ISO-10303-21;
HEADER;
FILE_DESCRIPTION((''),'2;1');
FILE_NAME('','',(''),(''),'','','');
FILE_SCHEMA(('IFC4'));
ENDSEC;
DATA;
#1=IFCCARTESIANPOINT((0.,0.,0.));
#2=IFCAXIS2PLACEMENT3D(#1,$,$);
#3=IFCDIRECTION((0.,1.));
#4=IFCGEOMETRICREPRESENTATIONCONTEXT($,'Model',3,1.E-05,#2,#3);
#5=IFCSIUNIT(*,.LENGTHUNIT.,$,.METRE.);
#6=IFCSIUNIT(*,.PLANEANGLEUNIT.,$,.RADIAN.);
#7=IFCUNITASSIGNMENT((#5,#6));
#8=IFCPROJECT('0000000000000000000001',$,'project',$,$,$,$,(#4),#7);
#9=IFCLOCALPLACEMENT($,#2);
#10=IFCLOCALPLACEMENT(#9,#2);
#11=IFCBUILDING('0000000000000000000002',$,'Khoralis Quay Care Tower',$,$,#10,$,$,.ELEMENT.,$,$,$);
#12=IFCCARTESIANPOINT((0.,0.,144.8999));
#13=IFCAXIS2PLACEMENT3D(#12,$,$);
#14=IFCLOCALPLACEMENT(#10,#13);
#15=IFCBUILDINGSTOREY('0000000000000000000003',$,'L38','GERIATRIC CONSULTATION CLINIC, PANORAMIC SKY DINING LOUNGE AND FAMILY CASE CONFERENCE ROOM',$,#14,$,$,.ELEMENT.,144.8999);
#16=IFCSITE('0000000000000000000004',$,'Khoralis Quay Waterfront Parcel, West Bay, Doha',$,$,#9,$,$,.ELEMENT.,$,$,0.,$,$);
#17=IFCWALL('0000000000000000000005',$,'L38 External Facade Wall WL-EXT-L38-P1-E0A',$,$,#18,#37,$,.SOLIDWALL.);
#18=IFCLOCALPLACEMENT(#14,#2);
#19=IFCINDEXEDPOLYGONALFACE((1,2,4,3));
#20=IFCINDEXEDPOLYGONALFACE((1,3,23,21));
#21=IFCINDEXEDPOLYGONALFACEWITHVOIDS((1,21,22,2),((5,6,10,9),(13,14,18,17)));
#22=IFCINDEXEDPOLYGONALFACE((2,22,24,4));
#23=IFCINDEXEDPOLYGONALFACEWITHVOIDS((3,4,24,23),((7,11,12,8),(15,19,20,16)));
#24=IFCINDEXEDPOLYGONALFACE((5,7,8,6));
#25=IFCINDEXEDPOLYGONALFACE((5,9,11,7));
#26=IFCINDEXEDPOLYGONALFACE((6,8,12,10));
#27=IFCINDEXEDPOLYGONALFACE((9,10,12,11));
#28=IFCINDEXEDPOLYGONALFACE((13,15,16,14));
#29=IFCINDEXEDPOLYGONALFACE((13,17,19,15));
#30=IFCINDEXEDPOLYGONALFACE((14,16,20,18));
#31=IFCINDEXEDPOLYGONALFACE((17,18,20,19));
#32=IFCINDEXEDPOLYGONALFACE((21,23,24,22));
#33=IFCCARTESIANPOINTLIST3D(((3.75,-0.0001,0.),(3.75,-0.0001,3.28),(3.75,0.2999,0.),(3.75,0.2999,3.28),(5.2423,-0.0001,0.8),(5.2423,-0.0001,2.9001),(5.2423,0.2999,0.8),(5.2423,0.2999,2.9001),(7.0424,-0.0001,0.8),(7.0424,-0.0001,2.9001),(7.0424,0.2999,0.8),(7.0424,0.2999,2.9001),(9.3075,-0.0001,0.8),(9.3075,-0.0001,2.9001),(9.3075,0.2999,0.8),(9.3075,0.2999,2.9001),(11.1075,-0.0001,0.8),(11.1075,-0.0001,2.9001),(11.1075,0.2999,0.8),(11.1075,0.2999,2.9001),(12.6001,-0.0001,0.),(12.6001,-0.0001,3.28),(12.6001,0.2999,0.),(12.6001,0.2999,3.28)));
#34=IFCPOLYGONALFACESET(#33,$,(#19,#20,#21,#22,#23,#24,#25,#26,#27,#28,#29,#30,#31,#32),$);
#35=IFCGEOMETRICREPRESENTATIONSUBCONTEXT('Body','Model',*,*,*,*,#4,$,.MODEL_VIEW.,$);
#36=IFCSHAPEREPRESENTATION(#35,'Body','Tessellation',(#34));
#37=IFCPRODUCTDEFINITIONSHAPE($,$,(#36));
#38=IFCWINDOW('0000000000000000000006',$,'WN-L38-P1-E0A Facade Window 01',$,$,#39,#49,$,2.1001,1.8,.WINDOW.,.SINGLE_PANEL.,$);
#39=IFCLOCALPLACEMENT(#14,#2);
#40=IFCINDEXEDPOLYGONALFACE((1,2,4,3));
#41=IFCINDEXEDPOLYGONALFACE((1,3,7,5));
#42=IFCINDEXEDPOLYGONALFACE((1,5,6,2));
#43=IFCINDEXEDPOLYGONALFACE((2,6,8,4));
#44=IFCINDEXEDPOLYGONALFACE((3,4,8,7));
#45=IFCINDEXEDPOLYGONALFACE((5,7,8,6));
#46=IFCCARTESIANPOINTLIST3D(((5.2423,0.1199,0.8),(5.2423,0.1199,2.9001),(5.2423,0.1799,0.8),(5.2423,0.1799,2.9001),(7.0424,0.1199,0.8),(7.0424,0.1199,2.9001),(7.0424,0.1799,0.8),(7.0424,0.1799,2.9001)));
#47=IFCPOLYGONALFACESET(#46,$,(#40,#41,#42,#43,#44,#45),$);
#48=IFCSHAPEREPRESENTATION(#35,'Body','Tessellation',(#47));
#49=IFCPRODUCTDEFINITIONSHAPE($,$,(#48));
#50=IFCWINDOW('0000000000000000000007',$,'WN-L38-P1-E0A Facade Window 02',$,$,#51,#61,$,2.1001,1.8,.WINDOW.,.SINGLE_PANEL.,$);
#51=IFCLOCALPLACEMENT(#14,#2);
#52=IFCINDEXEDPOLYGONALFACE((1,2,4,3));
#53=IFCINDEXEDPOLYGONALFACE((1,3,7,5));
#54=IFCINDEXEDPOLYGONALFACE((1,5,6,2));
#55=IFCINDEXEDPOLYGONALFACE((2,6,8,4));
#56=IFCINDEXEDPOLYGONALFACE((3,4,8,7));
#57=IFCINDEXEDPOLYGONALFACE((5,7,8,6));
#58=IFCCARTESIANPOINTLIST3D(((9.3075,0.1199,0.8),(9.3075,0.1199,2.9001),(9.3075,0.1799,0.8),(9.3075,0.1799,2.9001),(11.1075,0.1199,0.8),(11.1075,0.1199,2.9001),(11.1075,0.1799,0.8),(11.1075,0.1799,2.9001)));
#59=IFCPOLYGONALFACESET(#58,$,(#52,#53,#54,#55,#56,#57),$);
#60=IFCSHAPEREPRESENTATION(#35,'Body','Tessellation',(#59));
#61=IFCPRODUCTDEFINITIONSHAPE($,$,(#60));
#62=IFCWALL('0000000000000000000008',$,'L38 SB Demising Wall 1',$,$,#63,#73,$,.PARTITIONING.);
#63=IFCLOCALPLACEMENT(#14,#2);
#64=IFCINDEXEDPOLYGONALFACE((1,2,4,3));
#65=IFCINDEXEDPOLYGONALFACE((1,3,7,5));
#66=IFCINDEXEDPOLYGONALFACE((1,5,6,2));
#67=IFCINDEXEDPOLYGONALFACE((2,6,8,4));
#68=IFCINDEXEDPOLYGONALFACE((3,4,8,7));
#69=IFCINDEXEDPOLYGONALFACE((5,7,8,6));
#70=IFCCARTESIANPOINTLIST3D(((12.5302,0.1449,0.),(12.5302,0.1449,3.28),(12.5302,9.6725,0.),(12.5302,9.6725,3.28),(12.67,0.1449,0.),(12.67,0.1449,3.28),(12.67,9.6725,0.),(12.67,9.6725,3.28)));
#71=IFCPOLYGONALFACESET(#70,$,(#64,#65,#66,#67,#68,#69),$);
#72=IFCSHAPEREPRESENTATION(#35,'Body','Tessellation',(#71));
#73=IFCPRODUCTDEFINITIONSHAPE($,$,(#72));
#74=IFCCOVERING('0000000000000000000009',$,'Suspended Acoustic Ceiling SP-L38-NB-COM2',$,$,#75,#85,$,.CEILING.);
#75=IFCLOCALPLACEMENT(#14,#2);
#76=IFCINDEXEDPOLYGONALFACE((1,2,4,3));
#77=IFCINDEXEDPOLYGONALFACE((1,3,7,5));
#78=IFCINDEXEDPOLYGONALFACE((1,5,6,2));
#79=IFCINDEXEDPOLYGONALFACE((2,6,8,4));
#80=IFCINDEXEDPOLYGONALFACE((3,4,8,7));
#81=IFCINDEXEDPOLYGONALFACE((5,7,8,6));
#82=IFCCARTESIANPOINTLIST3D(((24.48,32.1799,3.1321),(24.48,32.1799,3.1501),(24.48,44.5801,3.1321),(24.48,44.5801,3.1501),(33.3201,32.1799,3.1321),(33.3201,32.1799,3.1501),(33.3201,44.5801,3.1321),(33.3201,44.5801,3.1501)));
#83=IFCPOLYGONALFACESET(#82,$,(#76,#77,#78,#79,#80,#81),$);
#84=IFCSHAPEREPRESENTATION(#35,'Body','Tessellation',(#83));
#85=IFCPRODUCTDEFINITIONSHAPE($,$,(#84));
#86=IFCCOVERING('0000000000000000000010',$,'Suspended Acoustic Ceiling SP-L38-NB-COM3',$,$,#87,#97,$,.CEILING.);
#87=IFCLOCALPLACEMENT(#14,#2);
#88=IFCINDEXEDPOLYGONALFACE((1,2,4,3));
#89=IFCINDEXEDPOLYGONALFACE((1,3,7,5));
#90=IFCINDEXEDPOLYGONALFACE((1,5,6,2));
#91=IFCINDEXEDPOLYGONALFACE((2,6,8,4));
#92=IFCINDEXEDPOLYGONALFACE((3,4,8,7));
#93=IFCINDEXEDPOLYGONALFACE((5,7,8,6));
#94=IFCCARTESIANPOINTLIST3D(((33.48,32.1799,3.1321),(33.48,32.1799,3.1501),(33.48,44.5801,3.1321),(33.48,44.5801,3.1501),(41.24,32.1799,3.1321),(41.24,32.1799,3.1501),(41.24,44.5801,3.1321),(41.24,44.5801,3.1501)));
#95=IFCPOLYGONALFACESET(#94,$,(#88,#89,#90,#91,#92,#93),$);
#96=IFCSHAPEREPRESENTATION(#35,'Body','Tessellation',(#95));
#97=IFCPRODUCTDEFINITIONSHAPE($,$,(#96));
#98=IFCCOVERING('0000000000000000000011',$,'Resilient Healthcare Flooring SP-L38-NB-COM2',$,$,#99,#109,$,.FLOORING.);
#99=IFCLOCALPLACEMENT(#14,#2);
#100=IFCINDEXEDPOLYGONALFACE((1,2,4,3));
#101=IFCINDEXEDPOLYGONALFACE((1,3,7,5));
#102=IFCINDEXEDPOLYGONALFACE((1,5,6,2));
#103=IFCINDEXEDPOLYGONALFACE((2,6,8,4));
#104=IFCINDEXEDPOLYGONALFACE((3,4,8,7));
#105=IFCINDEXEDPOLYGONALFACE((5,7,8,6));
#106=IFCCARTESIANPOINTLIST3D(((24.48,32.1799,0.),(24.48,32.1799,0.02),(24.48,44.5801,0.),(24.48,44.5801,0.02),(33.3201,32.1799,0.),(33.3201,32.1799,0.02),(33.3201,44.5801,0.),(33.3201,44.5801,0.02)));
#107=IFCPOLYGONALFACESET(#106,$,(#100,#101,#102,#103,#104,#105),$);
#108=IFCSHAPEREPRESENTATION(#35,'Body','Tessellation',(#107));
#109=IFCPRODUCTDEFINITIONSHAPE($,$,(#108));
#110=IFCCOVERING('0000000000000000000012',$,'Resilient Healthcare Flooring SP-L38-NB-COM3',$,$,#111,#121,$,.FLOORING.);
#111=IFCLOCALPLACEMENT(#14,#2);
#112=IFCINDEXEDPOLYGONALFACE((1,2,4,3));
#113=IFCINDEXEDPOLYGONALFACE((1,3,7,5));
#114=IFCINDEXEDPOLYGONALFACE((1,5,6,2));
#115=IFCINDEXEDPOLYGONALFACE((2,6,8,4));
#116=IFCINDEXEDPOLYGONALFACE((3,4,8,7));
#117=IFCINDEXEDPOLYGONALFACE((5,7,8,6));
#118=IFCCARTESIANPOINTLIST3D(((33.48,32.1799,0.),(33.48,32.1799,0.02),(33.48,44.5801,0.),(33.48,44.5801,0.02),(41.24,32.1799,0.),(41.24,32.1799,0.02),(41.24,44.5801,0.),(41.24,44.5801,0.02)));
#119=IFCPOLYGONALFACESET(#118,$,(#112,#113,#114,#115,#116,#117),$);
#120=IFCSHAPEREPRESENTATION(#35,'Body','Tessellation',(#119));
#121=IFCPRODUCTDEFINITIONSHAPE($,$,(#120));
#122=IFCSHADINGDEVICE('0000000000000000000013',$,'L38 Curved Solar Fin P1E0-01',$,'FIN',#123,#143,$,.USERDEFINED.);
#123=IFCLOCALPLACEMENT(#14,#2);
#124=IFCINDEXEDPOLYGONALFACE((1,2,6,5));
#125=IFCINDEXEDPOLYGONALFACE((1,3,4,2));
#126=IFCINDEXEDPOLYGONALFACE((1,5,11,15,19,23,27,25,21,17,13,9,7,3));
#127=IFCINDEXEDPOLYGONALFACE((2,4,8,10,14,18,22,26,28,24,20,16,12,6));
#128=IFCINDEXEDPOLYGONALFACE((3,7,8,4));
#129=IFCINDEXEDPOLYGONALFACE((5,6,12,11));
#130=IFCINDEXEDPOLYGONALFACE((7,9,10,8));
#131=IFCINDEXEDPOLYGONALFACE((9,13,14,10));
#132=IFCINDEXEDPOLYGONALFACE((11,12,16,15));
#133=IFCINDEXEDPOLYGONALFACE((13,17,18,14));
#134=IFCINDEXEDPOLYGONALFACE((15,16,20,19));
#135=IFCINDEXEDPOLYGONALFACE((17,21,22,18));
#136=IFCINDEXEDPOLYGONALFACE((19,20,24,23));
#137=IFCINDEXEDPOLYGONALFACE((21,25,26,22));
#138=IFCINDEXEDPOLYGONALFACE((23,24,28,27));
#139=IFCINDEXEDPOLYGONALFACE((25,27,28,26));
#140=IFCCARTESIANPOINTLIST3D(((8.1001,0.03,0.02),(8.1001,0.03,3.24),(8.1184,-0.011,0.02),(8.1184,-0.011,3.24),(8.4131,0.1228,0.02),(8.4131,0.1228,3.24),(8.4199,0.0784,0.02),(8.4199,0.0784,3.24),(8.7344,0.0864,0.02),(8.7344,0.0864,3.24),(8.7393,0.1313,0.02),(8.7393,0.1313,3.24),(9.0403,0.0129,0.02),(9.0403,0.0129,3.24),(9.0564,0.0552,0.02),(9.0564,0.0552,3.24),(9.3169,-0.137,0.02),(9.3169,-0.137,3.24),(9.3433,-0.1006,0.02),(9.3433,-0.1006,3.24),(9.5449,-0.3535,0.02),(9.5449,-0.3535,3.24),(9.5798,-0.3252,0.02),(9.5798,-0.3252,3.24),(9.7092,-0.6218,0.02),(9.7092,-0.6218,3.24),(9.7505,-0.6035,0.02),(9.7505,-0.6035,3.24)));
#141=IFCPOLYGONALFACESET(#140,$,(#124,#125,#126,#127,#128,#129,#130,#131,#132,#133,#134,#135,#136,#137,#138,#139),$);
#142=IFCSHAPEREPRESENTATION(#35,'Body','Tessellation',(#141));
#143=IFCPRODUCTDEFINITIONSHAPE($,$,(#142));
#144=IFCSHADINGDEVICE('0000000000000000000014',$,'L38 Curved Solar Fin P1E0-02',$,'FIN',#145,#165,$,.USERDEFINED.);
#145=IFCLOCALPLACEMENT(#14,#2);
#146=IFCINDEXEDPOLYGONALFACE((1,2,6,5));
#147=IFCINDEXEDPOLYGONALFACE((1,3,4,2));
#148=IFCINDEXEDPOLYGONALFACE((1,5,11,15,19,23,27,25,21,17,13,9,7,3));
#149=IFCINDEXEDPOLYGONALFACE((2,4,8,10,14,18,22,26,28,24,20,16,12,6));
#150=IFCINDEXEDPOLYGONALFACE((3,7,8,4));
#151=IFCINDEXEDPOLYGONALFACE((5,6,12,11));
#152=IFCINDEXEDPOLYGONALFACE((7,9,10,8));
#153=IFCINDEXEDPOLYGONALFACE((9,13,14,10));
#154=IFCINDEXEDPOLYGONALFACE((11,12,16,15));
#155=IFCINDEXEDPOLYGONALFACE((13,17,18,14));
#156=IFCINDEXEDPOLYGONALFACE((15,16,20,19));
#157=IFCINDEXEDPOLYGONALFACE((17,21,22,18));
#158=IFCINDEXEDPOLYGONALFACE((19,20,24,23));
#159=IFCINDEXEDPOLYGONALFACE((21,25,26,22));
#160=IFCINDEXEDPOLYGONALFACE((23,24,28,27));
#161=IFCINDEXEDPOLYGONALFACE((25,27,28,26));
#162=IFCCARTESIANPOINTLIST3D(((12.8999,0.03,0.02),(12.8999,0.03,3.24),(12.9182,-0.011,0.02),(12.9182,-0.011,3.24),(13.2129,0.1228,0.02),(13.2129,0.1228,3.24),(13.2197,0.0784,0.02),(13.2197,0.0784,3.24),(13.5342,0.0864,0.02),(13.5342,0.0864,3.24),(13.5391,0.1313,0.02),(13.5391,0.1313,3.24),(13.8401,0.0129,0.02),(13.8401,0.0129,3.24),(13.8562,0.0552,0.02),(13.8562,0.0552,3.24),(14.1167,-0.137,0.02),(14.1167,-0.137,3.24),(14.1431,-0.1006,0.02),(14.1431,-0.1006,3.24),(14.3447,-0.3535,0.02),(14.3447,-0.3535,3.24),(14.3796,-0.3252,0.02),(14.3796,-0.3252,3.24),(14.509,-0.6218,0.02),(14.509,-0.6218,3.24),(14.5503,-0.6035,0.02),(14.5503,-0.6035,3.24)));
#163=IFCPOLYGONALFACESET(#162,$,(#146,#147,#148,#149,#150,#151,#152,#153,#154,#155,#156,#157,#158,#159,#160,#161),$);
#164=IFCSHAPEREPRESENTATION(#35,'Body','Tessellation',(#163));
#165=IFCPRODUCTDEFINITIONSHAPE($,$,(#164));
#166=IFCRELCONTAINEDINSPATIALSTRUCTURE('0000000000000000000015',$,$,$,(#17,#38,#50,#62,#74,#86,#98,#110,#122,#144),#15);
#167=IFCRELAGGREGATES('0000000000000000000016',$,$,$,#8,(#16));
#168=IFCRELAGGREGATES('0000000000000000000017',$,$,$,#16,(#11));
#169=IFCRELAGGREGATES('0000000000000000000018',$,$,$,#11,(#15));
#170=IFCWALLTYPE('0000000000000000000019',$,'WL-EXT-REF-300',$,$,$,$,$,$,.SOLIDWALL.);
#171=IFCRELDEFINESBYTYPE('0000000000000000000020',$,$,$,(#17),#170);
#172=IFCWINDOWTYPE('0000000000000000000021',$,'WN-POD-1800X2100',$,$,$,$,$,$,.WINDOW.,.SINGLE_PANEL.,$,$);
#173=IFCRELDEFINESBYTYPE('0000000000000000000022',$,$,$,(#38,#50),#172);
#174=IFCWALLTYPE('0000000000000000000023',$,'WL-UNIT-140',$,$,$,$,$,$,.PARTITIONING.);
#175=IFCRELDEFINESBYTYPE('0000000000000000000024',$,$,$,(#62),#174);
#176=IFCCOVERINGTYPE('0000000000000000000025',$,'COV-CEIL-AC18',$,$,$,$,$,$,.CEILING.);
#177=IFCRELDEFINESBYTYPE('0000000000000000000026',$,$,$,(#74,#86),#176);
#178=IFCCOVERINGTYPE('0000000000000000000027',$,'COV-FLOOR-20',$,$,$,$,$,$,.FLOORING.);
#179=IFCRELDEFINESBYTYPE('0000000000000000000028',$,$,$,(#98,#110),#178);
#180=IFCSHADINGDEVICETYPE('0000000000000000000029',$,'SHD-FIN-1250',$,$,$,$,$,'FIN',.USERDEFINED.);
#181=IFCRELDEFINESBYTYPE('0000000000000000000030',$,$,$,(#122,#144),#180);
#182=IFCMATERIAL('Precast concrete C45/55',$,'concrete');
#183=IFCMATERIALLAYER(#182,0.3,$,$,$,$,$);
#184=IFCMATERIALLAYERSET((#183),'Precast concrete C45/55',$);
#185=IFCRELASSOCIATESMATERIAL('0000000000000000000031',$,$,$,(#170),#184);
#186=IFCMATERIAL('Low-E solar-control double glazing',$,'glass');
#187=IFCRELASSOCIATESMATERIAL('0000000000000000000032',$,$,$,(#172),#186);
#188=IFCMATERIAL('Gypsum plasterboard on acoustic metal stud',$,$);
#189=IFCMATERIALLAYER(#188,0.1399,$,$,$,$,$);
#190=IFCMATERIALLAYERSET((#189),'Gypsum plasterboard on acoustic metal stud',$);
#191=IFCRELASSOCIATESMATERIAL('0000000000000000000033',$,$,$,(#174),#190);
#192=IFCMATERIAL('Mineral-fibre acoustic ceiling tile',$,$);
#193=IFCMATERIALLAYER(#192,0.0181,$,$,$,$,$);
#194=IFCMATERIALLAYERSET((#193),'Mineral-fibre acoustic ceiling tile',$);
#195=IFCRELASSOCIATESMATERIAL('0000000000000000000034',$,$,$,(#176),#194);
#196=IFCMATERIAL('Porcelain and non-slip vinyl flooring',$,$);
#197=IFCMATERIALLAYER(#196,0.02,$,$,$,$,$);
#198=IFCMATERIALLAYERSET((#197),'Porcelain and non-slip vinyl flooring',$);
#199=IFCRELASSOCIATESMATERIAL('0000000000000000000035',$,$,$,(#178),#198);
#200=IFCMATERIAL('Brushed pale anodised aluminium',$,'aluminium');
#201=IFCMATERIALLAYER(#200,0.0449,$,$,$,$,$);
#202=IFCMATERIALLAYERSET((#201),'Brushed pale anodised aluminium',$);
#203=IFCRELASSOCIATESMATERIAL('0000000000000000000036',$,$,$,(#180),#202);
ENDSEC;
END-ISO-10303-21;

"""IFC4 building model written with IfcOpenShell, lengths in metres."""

from ifc_helpers import new_model, si_unit, direction, frame, frame_2d, origin, place, context, subcontext, project, spatial, polyline, rectangle, outline, extrude, source, transform, mapped, material, layer, layer_set, type_object, element, fill, save


model = new_model("IFC4")

# Units and contexts
model_context = context("Model", 3, precision=1e-05, world=origin(), true_north=direction((0.0, 1.0)))
body_context = subcontext(model_context, "Body", "Model", "MODEL_VIEW")
ifc_project = project(units=[si_unit("LENGTHUNIT", "METRE"), si_unit("PLANEANGLEUNIT", "RADIAN")], contexts=[model_context])

# Site, building, storey
site_placement = place(None, origin())
site = spatial("IfcSite", under=ifc_project, at=site_placement, Name="Khoralis Quay Waterfront Parcel, West Bay, Doha", CompositionType="ELEMENT", RefElevation=0.0)
building_placement = place(site_placement, origin())
building = spatial("IfcBuilding", under=site, at=building_placement, Name="Khoralis Quay Care Tower", CompositionType="ELEMENT")
storey_placement = place(building_placement, frame((0.0, 0.0, 144.8999)))
storey = spatial("IfcBuildingStorey", under=building, at=storey_placement, Name="L38", Description="GERIATRIC CONSULTATION CLINIC, PANORAMIC SKY DINING LOUNGE AND FAMILY CASE CONFERENCE ROOM", CompositionType="ELEMENT", Elevation=144.8999)

# Shared definitions
ifc_material_1 = material(Name="Low-E solar-control double glazing", Category="glass")

# Wall, openings, windows
ifc_material_2 = material(Name="Precast concrete C45/55", Category="concrete")
ifc_layer_1 = layer(ifc_material_2, 0.3)
ifc_layer_set_1 = layer_set([ifc_layer_1], Name="Precast concrete C45/55")
wall_type_1 = type_object("IfcWallType", Name="WL-EXT-REF-300", PredefinedType="SOLIDWALL", material=ifc_layer_set_1)
wall_1_placement = place(storey_placement, frame((3.75, 0.1499, 0.0), z_axis=(0.0, 0.0, 1.0), x_axis=(1.0, 0.0, 0.0)))
wall_1 = element("IfcWall", 1, at=wall_1_placement, inside=storey, type_object=wall_type_1, Name="L38 External Facade Wall WL-EXT-L38-P1-E0A", PredefinedType="SOLIDWALL", context=body_context, shape_type="SweptSolid", body=[
    extrude(rectangle(XDim=8.8501, YDim=0.3, at=frame_2d((4.425, 0.0))), origin(), (0.0, 0.0, 1.0), 3.28),
])
opening_1_placement = place(wall_1_placement, frame((1.4924, 0.0, 0.8)))
opening_1 = element("IfcOpeningElement", 2, at=opening_1_placement, cuts=wall_1, PredefinedType="OPENING", context=body_context, shape_type="SweptSolid", body=[
    extrude(rectangle(XDim=1.8, YDim=2.1001, at=frame_2d((0.8999, 1.05))), frame((0.0, 0.1602, 0.0), z_axis=(0.0, -1.0, 0.0), x_axis=(1.0, 0.0, 0.0)), (0.0, 0.0, 1.0), 0.3201),
])
opening_2_placement = place(wall_1_placement, frame((5.5576, 0.0, 0.8)))
opening_2 = element("IfcOpeningElement", 3, at=opening_2_placement, cuts=wall_1, PredefinedType="OPENING", context=body_context, shape_type="SweptSolid", body=[
    extrude(rectangle(XDim=1.8, YDim=2.1001, at=frame_2d((0.8999, 1.05))), frame((0.0, 0.1602, 0.0), z_axis=(0.0, -1.0, 0.0), x_axis=(1.0, 0.0, 0.0)), (0.0, 0.0, 1.0), 0.3201),
])
window_type = type_object("IfcWindowType", Name="WN-POD-1800X2100", PartitioningType="SINGLE_PANEL", PredefinedType="WINDOW", material=ifc_material_1)
shared_shape_1 = source(origin(), body_context, "Body", "SweptSolid", [
    extrude(rectangle(XDim=1.8, YDim=2.1001, at=frame_2d((0.8999, 1.05))), frame((0.0, 0.03, 0.0), z_axis=(0.0, -1.0, 0.0), x_axis=(1.0, 0.0, 0.0)), (0.0, 0.0, 1.0), 0.0601),
])
window_1_placement = place(opening_1_placement, origin())
window_1 = element("IfcWindow", 4, at=window_1_placement, inside=storey, type_object=window_type, Name="WN-L38-P1-E0A Facade Window 01", OverallHeight=2.1001, OverallWidth=1.8, PartitioningType="SINGLE_PANEL", PredefinedType="WINDOW", context=body_context, shape_type="MappedRepresentation", body=[
    mapped(shared_shape_1, transform((0.0, 0.0, 0.0), scale=1.0)),
])
fill(opening_1, window_1)
window_2_placement = place(opening_2_placement, origin())
window_2 = element("IfcWindow", 5, at=window_2_placement, inside=storey, type_object=window_type, Name="WN-L38-P1-E0A Facade Window 02", OverallHeight=2.1001, OverallWidth=1.8, PartitioningType="SINGLE_PANEL", PredefinedType="WINDOW", context=body_context, shape_type="MappedRepresentation", body=[
    mapped(shared_shape_1, transform((0.0, 0.0, 0.0), scale=1.0)),
])
fill(opening_2, window_2)

# Wall
ifc_material_3 = material(Name="Gypsum plasterboard on acoustic metal stud")
ifc_layer_2 = layer(ifc_material_3, 0.1399)
ifc_layer_set_2 = layer_set([ifc_layer_2], Name="Gypsum plasterboard on acoustic metal stud")
wall_type_2 = type_object("IfcWallType", Name="WL-UNIT-140", PredefinedType="PARTITIONING", material=ifc_layer_set_2)
wall_2_placement = place(storey_placement, frame((12.6001, 0.145, 0.0), z_axis=(0.0, 0.0, 1.0), x_axis=(0.0, 1.0, 0.0)))
element("IfcWall", 6, at=wall_2_placement, inside=storey, type_object=wall_type_2, Name="L38 SB Demising Wall 1", PredefinedType="PARTITIONING", context=body_context, shape_type="SweptSolid", body=[
    extrude(rectangle(XDim=9.5276, YDim=0.1399, at=frame_2d((4.7637, 0.0))), origin(), (0.0, 0.0, 1.0), 3.28),
])

# Coverings
ifc_material_4 = material(Name="Mineral-fibre acoustic ceiling tile")
ifc_layer_3 = layer(ifc_material_4, 0.0181)
ifc_layer_set_3 = layer_set([ifc_layer_3], Name="Mineral-fibre acoustic ceiling tile")
covering_type_1 = type_object("IfcCoveringType", Name="COV-CEIL-AC18", PredefinedType="CEILING", material=ifc_layer_set_3)
covering_1_placement = place(storey_placement, frame((0.0, 0.0, 3.1321)))
element("IfcCovering", 7, at=covering_1_placement, inside=storey, type_object=covering_type_1, Name="Suspended Acoustic Ceiling SP-L38-NB-COM2", PredefinedType="CEILING", context=body_context, shape_type="SweptSolid", body=[
    extrude(outline(polyline([(24.48, 32.1799), (33.3201, 32.1799), (33.3201, 44.5801), (24.48, 44.5801), (24.48, 32.1799)])), origin(), (0.0, 0.0, 1.0), 0.0181),
])
covering_2_placement = place(storey_placement, frame((0.0, 0.0, 3.1321)))
element("IfcCovering", 8, at=covering_2_placement, inside=storey, type_object=covering_type_1, Name="Suspended Acoustic Ceiling SP-L38-NB-COM3", PredefinedType="CEILING", context=body_context, shape_type="SweptSolid", body=[
    extrude(outline(polyline([(33.48, 32.1799), (41.24, 32.1799), (41.24, 44.5801), (33.48, 44.5801), (33.48, 32.1799)])), origin(), (0.0, 0.0, 1.0), 0.0181),
])
ifc_material_5 = material(Name="Porcelain and non-slip vinyl flooring")
ifc_layer_4 = layer(ifc_material_5, 0.02)
ifc_layer_set_4 = layer_set([ifc_layer_4], Name="Porcelain and non-slip vinyl flooring")
covering_type_2 = type_object("IfcCoveringType", Name="COV-FLOOR-20", PredefinedType="FLOORING", material=ifc_layer_set_4)
covering_3_placement = place(storey_placement, origin())
element("IfcCovering", 9, at=covering_3_placement, inside=storey, type_object=covering_type_2, Name="Resilient Healthcare Flooring SP-L38-NB-COM2", PredefinedType="FLOORING", context=body_context, shape_type="SweptSolid", body=[
    extrude(outline(polyline([(24.48, 32.1799), (33.3201, 32.1799), (33.3201, 44.5801), (24.48, 44.5801), (24.48, 32.1799)])), origin(), (0.0, 0.0, 1.0), 0.02),
])
covering_4_placement = place(storey_placement, origin())
element("IfcCovering", 10, at=covering_4_placement, inside=storey, type_object=covering_type_2, Name="Resilient Healthcare Flooring SP-L38-NB-COM3", PredefinedType="FLOORING", context=body_context, shape_type="SweptSolid", body=[
    extrude(outline(polyline([(33.48, 32.1799), (41.24, 32.1799), (41.24, 44.5801), (33.48, 44.5801), (33.48, 32.1799)])), origin(), (0.0, 0.0, 1.0), 0.02),
])

# Shading devices
ifc_material_6 = material(Name="Brushed pale anodised aluminium", Category="aluminium")
ifc_layer_5 = layer(ifc_material_6, 0.0449)
ifc_layer_set_5 = layer_set([ifc_layer_5], Name="Brushed pale anodised aluminium")
shading_device_type = type_object("IfcShadingDeviceType", Name="SHD-FIN-1250", ElementType="FIN", PredefinedType="USERDEFINED", material=ifc_layer_set_5)
shared_shape_2 = source(origin(), body_context, "Body", "SweptSolid", [
    extrude(outline(polyline([(0.0, 0.0), (-0.0928, 0.313), (-0.1013, 0.6392), (-0.0251, 0.9563), (0.1306, 1.2432), (0.3552, 1.4797), (0.6335, 1.6504), (0.6519, 1.6091), (0.3835, 1.4448), (0.167, 1.2168), (0.0171, 0.9402), (-0.0564, 0.6343), (-0.0483, 0.3198), (0.041, 0.0183), (0.0, 0.0)])), origin(), (0.0, 0.0, 1.0), 3.22),
])
for number, where, z_axis, x_axis, name in (
    (11, (8.1001, 0.03, 0.02), (0.0, 0.0, 1.0), (0.0, -1.0, 0.0), "L38 Curved Solar Fin P1E0-01"),
    (12, (12.8999, 0.03, 0.02), (0.0, 0.0, 1.0), (0.0, -1.0, 0.0), "L38 Curved Solar Fin P1E0-02"),
):
    element("IfcShadingDevice", number, at=place(storey_placement, frame(where, z_axis=z_axis, x_axis=x_axis)), inside=storey, type_object=shading_device_type, Name=name, ObjectType="FIN", PredefinedType="USERDEFINED", context=body_context, shape_type="MappedRepresentation", body=[
        mapped(shared_shape_2, transform((0.0, 0.0, 0.0), scale=1.0)),
    ])

save(model, "model.ifc")
